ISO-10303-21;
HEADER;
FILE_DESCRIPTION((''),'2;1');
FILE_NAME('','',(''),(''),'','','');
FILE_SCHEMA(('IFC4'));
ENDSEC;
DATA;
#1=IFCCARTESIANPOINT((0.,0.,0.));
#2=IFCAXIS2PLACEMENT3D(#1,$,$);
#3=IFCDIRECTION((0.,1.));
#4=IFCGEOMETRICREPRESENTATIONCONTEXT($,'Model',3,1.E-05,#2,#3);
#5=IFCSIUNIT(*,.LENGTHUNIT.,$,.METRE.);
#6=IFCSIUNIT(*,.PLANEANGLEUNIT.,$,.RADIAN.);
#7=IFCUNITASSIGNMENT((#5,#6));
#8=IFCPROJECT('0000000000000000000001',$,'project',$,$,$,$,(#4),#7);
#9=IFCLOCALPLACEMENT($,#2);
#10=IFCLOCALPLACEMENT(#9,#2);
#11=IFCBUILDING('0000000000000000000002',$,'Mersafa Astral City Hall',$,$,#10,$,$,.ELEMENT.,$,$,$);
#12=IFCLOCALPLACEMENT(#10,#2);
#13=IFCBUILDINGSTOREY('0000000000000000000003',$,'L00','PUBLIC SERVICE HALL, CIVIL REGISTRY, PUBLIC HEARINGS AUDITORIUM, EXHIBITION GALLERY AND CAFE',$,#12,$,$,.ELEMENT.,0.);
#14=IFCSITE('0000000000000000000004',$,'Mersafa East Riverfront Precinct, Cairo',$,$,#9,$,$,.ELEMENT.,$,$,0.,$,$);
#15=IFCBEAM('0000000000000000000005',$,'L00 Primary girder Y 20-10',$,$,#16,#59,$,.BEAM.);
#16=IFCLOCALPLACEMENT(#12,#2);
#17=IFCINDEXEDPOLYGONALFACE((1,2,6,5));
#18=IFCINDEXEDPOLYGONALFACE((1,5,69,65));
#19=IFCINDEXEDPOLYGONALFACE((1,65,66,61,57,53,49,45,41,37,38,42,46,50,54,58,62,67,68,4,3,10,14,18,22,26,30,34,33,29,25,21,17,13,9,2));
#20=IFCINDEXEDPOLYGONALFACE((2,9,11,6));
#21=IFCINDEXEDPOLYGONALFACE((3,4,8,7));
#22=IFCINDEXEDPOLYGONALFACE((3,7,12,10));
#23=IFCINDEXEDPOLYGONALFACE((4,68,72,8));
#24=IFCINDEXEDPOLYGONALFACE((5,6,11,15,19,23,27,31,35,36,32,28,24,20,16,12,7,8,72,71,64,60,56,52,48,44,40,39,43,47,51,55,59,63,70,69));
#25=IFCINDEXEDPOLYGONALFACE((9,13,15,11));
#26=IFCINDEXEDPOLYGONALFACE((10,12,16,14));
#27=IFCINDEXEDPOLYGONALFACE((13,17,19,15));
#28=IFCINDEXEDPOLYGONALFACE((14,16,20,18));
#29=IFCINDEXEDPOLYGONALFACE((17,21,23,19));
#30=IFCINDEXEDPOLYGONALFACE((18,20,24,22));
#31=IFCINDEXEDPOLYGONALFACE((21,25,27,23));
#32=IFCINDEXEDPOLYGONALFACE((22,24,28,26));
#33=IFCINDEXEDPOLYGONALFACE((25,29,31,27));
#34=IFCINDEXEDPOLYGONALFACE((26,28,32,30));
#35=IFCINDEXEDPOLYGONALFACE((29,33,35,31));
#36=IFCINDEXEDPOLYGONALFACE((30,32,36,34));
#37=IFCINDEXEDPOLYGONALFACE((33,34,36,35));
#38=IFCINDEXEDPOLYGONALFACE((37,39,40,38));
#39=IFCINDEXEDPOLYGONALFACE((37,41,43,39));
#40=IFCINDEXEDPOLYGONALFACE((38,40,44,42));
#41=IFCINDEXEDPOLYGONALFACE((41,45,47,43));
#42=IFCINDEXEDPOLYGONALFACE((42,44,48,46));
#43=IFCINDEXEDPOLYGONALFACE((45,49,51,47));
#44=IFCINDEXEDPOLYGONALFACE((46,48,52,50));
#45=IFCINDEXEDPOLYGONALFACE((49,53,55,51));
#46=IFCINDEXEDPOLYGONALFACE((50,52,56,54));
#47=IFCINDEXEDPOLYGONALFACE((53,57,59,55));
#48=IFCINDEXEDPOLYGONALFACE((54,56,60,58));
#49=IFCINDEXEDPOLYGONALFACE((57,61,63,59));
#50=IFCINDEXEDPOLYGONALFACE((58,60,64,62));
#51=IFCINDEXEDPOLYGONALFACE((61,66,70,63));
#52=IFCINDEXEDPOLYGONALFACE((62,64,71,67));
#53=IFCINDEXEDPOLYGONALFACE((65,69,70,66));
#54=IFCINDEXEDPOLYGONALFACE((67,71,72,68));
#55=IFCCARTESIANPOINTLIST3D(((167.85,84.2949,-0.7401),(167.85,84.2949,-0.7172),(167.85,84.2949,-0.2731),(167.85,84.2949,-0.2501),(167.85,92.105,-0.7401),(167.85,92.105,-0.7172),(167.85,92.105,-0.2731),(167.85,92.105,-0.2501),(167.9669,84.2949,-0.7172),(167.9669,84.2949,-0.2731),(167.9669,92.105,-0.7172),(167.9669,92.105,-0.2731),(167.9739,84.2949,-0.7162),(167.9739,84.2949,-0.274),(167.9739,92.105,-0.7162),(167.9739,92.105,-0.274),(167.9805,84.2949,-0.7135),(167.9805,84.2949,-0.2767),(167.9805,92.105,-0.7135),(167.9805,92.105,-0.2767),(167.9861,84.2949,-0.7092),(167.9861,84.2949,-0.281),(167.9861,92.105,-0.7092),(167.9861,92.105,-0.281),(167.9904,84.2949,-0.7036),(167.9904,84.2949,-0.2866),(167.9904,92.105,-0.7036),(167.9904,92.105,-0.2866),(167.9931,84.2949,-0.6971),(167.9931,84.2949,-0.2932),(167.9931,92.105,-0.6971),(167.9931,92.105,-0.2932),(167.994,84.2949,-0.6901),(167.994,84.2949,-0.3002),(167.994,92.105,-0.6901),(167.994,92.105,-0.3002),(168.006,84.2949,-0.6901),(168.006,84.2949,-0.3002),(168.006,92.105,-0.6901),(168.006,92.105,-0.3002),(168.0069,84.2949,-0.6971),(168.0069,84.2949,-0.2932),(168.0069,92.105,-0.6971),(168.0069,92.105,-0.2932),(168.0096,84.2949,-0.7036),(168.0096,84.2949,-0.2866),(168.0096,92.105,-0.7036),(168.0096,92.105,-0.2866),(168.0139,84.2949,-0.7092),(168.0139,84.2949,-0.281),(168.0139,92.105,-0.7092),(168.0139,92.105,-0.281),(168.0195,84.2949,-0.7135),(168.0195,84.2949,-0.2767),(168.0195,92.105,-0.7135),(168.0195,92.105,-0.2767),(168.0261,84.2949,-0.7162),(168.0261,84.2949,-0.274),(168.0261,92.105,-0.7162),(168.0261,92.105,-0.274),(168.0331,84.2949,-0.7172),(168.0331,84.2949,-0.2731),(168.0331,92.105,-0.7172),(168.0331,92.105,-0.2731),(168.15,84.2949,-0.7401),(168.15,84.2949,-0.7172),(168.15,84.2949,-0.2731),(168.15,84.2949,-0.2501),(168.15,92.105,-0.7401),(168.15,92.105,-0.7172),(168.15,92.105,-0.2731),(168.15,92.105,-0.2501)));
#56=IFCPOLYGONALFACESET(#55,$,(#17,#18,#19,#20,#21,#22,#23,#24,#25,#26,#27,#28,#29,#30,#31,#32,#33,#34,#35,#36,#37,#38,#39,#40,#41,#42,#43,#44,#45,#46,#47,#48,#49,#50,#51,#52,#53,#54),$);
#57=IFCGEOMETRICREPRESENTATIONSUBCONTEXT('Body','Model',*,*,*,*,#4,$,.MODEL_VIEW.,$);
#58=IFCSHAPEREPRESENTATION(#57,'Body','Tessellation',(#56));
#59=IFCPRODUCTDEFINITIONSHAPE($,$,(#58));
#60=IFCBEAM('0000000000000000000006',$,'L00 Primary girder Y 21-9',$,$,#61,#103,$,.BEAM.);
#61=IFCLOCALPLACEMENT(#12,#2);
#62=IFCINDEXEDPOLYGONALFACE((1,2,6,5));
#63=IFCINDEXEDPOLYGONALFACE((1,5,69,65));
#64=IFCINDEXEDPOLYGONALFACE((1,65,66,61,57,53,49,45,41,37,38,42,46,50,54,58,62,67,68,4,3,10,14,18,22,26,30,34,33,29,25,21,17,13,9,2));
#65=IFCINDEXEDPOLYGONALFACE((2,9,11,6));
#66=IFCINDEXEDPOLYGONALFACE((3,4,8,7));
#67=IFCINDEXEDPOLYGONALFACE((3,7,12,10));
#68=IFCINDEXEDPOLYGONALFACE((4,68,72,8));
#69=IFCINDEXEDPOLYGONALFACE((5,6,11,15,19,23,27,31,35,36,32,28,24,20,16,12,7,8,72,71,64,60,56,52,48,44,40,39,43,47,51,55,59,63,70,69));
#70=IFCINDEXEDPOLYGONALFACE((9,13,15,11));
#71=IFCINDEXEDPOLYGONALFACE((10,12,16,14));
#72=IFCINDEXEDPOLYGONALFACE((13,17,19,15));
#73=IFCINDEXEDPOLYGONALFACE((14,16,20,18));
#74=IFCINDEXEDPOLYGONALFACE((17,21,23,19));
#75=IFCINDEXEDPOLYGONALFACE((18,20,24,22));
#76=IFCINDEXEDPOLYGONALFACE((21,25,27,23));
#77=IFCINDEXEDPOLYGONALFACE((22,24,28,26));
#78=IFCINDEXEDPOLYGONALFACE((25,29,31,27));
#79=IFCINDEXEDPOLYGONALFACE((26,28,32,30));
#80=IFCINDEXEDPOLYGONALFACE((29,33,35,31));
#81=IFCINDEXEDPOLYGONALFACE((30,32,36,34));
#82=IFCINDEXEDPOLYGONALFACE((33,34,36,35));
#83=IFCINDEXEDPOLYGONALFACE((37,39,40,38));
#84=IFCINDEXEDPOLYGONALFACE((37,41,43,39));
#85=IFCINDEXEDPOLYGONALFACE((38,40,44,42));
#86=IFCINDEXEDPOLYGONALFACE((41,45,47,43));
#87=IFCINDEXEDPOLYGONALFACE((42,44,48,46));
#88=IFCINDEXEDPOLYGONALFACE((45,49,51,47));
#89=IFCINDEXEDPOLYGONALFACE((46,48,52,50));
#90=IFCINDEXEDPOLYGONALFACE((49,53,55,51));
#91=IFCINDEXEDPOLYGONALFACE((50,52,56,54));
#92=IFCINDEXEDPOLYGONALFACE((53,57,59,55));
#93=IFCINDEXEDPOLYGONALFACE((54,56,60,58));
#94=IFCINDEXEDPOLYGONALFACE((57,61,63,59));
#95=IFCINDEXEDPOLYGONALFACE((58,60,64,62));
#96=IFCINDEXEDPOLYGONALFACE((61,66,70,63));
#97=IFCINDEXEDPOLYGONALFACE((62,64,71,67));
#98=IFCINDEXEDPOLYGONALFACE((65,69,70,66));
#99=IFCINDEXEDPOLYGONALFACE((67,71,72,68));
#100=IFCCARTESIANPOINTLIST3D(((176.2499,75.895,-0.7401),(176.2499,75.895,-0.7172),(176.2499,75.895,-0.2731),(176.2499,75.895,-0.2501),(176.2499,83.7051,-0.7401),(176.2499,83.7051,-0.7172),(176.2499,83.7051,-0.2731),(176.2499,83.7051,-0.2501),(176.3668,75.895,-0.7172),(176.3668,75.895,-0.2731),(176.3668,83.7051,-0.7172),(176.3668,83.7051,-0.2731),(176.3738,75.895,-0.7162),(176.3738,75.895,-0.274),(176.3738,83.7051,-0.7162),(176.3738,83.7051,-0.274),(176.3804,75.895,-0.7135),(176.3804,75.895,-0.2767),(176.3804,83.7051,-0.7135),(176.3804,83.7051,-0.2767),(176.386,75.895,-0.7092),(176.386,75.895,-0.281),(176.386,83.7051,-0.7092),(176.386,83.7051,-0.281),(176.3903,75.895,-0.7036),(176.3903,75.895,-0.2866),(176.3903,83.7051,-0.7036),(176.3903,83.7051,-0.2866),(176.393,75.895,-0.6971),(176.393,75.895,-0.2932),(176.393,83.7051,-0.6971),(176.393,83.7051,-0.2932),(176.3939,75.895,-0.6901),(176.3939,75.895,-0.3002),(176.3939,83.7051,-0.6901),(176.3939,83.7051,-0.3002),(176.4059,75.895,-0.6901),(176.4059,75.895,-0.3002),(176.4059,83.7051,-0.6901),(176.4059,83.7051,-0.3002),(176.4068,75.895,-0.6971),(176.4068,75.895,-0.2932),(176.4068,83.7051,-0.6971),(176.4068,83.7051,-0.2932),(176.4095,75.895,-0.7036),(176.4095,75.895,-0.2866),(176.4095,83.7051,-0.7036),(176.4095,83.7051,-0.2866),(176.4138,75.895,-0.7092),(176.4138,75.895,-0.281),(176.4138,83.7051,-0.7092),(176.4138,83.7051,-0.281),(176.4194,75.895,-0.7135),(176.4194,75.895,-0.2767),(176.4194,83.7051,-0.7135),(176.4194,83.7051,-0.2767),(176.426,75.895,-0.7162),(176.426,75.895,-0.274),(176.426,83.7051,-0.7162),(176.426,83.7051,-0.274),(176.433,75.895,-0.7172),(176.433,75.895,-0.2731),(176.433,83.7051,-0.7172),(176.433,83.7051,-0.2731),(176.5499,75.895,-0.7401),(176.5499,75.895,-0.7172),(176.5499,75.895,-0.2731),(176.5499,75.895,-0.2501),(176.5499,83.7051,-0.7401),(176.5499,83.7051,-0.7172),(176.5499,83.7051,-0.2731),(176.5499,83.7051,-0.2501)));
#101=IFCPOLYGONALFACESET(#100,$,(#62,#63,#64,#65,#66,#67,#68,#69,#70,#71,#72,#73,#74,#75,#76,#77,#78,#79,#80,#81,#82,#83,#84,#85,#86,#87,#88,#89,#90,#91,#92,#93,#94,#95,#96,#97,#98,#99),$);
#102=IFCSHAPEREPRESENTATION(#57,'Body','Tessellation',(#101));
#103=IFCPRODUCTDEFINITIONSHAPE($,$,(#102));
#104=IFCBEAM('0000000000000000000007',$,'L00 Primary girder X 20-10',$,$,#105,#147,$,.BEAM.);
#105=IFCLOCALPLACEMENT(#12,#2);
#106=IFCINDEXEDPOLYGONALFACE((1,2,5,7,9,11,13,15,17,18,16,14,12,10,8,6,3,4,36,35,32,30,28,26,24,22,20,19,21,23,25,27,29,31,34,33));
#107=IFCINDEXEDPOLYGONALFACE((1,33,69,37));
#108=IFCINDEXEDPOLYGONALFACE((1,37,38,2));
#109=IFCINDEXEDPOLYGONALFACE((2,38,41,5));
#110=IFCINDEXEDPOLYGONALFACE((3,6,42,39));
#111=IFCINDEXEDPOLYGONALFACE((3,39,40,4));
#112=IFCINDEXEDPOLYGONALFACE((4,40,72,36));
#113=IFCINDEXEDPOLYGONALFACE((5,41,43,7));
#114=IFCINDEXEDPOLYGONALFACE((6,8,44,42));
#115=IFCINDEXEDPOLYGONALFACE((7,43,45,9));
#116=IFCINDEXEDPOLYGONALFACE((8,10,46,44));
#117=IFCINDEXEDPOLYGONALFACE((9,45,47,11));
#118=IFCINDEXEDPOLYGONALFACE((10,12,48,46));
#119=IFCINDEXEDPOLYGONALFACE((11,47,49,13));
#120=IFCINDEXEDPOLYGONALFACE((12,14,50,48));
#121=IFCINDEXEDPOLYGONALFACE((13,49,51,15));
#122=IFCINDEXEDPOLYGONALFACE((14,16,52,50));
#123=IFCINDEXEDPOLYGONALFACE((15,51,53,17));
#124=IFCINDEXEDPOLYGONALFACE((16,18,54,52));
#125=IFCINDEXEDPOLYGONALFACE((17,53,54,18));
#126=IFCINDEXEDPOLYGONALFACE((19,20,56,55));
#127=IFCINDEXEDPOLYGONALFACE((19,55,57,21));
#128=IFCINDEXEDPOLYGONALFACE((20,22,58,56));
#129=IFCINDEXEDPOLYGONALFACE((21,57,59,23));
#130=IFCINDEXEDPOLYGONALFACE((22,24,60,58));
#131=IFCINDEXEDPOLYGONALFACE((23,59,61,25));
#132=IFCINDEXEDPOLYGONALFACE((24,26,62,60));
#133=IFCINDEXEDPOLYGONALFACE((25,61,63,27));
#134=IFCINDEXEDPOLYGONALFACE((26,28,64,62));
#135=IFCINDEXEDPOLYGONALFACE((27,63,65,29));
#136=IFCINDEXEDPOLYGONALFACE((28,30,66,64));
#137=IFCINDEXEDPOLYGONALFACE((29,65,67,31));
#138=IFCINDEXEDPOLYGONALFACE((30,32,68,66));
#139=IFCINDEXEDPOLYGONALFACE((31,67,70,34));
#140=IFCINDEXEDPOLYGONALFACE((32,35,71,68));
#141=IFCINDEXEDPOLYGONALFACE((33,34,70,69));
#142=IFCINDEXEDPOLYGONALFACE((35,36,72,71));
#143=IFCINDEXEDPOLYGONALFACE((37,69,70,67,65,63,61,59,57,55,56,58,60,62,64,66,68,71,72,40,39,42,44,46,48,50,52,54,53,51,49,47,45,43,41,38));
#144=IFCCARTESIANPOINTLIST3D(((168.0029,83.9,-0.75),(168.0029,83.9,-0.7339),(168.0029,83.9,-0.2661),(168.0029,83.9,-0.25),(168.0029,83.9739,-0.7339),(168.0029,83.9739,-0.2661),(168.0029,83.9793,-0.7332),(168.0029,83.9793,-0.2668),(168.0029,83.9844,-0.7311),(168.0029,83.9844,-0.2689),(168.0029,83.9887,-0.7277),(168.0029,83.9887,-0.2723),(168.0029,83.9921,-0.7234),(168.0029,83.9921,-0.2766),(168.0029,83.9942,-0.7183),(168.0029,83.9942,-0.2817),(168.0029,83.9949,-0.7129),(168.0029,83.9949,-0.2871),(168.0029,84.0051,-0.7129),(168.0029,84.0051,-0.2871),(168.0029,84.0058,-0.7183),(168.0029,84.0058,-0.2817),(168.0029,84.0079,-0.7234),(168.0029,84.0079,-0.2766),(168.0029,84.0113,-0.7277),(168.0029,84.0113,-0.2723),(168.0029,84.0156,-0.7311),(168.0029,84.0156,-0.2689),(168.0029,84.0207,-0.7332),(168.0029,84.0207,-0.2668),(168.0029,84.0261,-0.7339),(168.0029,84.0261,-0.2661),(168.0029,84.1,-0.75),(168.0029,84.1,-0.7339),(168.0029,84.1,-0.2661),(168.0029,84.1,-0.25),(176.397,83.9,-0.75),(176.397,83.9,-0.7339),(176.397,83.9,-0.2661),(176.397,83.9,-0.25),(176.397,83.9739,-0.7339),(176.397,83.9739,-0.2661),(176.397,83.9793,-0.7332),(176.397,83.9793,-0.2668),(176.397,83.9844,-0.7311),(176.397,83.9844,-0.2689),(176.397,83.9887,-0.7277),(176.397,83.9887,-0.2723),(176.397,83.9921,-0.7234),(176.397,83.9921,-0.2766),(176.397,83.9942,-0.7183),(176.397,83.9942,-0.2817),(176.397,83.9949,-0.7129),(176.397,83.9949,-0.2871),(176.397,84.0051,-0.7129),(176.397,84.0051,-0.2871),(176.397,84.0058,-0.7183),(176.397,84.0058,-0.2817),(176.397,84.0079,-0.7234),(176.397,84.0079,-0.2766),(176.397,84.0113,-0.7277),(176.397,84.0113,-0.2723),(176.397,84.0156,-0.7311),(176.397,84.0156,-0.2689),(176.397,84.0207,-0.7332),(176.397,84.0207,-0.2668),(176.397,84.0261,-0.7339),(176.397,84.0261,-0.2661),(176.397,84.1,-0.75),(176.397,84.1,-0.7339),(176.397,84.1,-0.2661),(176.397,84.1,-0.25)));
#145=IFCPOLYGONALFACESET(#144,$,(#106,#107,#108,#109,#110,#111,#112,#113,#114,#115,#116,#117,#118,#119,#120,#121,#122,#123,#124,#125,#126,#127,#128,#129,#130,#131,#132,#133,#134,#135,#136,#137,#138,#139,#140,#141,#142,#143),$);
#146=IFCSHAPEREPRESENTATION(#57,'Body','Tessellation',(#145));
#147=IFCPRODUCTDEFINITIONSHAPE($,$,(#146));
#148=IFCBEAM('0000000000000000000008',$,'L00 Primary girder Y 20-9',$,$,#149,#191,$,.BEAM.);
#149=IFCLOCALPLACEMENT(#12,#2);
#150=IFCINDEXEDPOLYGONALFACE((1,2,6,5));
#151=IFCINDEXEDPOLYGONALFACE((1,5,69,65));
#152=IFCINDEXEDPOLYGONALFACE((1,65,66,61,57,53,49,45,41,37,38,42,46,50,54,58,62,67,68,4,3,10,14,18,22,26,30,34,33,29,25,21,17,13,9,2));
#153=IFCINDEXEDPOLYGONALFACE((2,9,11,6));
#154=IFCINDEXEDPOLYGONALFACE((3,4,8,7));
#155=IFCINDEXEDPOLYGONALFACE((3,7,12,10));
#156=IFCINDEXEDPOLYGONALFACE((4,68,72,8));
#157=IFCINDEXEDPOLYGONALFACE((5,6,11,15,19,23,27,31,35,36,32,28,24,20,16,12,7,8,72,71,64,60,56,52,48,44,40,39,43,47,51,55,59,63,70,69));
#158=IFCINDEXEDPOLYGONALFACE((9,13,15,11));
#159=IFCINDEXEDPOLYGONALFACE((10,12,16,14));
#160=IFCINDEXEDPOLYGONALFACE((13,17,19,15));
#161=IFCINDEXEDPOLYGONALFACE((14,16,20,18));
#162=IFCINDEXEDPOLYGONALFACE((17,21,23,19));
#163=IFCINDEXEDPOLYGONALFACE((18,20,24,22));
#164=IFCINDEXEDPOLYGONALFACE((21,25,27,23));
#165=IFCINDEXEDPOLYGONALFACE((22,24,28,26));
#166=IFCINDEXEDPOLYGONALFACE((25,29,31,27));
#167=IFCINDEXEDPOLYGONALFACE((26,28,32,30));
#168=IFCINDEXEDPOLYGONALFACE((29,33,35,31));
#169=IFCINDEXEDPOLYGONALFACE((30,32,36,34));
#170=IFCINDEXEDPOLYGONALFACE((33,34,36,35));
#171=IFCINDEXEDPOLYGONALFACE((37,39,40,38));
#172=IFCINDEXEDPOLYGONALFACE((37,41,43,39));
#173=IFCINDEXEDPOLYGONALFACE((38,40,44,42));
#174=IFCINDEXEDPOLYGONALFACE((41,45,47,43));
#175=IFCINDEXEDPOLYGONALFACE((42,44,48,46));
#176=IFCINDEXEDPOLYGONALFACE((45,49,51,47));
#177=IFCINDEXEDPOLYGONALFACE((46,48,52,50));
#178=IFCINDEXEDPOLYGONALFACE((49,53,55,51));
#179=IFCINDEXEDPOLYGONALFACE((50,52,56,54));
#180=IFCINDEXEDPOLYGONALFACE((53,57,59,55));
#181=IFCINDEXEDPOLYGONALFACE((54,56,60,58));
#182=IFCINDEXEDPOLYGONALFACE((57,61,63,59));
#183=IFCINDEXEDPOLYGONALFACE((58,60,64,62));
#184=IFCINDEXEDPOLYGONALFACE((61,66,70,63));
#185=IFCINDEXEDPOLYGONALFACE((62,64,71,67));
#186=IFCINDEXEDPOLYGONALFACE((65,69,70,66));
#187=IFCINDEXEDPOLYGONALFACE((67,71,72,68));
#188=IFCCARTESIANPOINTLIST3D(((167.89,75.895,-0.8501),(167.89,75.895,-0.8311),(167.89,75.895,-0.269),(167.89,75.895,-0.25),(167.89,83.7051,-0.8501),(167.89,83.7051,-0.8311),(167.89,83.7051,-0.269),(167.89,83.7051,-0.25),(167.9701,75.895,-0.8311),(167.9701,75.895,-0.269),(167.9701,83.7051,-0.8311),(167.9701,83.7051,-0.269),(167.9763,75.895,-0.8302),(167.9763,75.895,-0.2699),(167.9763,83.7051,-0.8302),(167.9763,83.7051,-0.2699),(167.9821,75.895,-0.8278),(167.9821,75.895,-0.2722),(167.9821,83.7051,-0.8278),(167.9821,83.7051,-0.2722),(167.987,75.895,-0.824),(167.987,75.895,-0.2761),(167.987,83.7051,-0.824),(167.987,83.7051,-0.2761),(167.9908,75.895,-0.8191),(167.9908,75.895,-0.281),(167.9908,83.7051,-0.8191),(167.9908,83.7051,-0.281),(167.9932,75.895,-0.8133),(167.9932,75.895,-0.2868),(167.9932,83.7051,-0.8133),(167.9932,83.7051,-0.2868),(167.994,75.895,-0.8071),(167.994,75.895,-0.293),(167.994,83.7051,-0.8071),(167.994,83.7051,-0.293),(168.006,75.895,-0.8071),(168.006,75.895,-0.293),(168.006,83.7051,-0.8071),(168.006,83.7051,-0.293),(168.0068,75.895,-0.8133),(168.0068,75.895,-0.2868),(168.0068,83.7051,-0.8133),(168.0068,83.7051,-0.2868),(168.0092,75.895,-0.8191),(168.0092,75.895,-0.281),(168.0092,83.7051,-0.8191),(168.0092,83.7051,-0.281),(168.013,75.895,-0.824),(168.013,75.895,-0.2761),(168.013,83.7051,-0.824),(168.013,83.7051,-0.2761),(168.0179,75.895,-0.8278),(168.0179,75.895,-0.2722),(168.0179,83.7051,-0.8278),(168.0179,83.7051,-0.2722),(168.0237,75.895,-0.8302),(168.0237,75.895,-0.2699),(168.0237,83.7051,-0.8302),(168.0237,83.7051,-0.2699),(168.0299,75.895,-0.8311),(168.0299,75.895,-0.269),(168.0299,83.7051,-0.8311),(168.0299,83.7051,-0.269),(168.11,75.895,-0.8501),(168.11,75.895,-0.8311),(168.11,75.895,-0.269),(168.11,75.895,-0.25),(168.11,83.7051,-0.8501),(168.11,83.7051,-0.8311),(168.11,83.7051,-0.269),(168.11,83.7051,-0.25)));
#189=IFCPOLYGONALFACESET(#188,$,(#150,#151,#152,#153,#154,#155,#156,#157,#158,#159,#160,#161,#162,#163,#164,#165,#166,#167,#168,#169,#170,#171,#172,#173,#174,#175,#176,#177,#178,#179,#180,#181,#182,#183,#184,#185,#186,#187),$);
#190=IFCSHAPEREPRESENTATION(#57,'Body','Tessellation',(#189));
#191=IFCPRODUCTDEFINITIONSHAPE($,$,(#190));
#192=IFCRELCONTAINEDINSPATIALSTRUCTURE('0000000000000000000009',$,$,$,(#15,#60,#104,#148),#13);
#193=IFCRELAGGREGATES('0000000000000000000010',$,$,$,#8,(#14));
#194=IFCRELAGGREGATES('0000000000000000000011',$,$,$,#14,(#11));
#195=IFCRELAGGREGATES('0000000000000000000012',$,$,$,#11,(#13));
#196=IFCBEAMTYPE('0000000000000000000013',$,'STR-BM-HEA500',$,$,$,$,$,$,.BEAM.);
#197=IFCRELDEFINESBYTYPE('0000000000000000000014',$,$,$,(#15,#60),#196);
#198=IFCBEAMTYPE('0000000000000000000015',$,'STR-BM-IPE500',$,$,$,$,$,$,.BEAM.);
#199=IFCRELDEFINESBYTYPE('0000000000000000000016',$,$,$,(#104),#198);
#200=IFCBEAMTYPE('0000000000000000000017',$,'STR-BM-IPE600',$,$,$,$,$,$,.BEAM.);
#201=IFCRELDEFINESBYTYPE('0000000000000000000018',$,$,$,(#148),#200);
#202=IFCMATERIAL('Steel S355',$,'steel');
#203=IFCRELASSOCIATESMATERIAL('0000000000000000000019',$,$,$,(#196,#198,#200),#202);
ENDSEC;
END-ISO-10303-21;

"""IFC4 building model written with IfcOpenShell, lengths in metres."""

from ifc_helpers import new_model, si_unit, direction, frame, origin, origin_2d, place, context, subcontext, project, spatial, i_section, extrude, material, material_profile, profile_set, type_object, element, save


model = new_model("IFC4")

# Units and contexts
model_context = context("Model", 3, precision=1e-05, world=origin(), true_north=direction((0.0, 1.0)))
body_context = subcontext(model_context, "Body", "Model", "MODEL_VIEW")
ifc_project = project(units=[si_unit("LENGTHUNIT", "METRE"), si_unit("PLANEANGLEUNIT", "RADIAN")], contexts=[model_context])

# Site, building, storey
site_placement = place(None, origin())
site = spatial("IfcSite", under=ifc_project, at=site_placement, Name="Mersafa East Riverfront Precinct, Cairo", CompositionType="ELEMENT", RefElevation=0.0)
building_placement = place(site_placement, origin())
building = spatial("IfcBuilding", under=site, at=building_placement, Name="Mersafa Astral City Hall", CompositionType="ELEMENT")
storey_placement = place(building_placement, origin())
storey = spatial("IfcBuildingStorey", under=building, at=storey_placement, Name="L00", Description="PUBLIC SERVICE HALL, CIVIL REGISTRY, PUBLIC HEARINGS AUDITORIUM, EXHIBITION GALLERY AND CAFE", CompositionType="ELEMENT", Elevation=0.0)

# Shared definitions
ifc_material_1 = material(Name="Steel S355", Category="steel")

# Beams
ifc_material_profile_1 = material_profile(ifc_material_1, i_section(OverallWidth=0.3, OverallDepth=0.49, WebThickness=0.012, FlangeThickness=0.0229, FilletRadius=0.0271, at=origin_2d()), Name="HEA 500")
ifc_profile_set_1 = profile_set([ifc_material_profile_1], Name="Steel S355")
beam_type_1 = type_object("IfcBeamType", Name="STR-BM-HEA500", PredefinedType="BEAM", material=ifc_profile_set_1)
for number, where, z_axis, x_axis, name in (
    (1, (168.0, 84.2949, -0.4951), (0.0, 1.0, 0.0), (-1.0, 0.0, 0.0), "L00 Primary girder Y 20-10"),
    (2, (176.3999, 75.895, -0.4951), (0.0, 1.0, 0.0), (-1.0, 0.0, 0.0), "L00 Primary girder Y 21-9"),
):
    element("IfcBeam", number, at=place(storey_placement, frame(where, z_axis=z_axis, x_axis=x_axis)), inside=storey, type_object=beam_type_1, Name=name, PredefinedType="BEAM", context=body_context, shape_type="SweptSolid", body=[
        extrude(i_section(OverallWidth=0.3, OverallDepth=0.49, WebThickness=0.012, FlangeThickness=0.0229, FilletRadius=0.0271, at=origin_2d()), origin(), (0.0, 0.0, 1.0), 7.8101),
    ])
ifc_material_profile_2 = material_profile(ifc_material_1, i_section(OverallWidth=0.2, OverallDepth=0.5, WebThickness=0.0103, FlangeThickness=0.0161, FilletRadius=0.021, at=origin_2d()), Name="IPE 500")
ifc_profile_set_2 = profile_set([ifc_material_profile_2], Name="Steel S355")
beam_type_2 = type_object("IfcBeamType", Name="STR-BM-IPE500", PredefinedType="BEAM", material=ifc_profile_set_2)
beam_1_placement = place(storey_placement, frame((168.0029, 84.0, -0.5), z_axis=(1.0, 0.0, 0.0), x_axis=(0.0, 1.0, 0.0)))
element("IfcBeam", 3, at=beam_1_placement, inside=storey, type_object=beam_type_2, Name="L00 Primary girder X 20-10", PredefinedType="BEAM", context=body_context, shape_type="SweptSolid", body=[
    extrude(i_section(OverallWidth=0.2, OverallDepth=0.5, WebThickness=0.0103, FlangeThickness=0.0161, FilletRadius=0.021, at=origin_2d()), origin(), (0.0, 0.0, 1.0), 8.394),
])
ifc_material_profile_3 = material_profile(ifc_material_1, i_section(OverallWidth=0.22, OverallDepth=0.6001, WebThickness=0.012, FlangeThickness=0.019, FilletRadius=0.0239, at=origin_2d()), Name="IPE 600")
ifc_profile_set_3 = profile_set([ifc_material_profile_3], Name="Steel S355")
beam_type_3 = type_object("IfcBeamType", Name="STR-BM-IPE600", PredefinedType="BEAM", material=ifc_profile_set_3)
beam_2_placement = place(storey_placement, frame((168.0, 75.895, -0.55), z_axis=(0.0, 1.0, 0.0), x_axis=(-1.0, 0.0, 0.0)))
element("IfcBeam", 4, at=beam_2_placement, inside=storey, type_object=beam_type_3, Name="L00 Primary girder Y 20-9", PredefinedType="BEAM", context=body_context, shape_type="SweptSolid", body=[
    extrude(i_section(OverallWidth=0.22, OverallDepth=0.6001, WebThickness=0.012, FlangeThickness=0.019, FilletRadius=0.0239, at=origin_2d()), origin(), (0.0, 0.0, 1.0), 7.8101),
])

save(model, "model.ifc")
